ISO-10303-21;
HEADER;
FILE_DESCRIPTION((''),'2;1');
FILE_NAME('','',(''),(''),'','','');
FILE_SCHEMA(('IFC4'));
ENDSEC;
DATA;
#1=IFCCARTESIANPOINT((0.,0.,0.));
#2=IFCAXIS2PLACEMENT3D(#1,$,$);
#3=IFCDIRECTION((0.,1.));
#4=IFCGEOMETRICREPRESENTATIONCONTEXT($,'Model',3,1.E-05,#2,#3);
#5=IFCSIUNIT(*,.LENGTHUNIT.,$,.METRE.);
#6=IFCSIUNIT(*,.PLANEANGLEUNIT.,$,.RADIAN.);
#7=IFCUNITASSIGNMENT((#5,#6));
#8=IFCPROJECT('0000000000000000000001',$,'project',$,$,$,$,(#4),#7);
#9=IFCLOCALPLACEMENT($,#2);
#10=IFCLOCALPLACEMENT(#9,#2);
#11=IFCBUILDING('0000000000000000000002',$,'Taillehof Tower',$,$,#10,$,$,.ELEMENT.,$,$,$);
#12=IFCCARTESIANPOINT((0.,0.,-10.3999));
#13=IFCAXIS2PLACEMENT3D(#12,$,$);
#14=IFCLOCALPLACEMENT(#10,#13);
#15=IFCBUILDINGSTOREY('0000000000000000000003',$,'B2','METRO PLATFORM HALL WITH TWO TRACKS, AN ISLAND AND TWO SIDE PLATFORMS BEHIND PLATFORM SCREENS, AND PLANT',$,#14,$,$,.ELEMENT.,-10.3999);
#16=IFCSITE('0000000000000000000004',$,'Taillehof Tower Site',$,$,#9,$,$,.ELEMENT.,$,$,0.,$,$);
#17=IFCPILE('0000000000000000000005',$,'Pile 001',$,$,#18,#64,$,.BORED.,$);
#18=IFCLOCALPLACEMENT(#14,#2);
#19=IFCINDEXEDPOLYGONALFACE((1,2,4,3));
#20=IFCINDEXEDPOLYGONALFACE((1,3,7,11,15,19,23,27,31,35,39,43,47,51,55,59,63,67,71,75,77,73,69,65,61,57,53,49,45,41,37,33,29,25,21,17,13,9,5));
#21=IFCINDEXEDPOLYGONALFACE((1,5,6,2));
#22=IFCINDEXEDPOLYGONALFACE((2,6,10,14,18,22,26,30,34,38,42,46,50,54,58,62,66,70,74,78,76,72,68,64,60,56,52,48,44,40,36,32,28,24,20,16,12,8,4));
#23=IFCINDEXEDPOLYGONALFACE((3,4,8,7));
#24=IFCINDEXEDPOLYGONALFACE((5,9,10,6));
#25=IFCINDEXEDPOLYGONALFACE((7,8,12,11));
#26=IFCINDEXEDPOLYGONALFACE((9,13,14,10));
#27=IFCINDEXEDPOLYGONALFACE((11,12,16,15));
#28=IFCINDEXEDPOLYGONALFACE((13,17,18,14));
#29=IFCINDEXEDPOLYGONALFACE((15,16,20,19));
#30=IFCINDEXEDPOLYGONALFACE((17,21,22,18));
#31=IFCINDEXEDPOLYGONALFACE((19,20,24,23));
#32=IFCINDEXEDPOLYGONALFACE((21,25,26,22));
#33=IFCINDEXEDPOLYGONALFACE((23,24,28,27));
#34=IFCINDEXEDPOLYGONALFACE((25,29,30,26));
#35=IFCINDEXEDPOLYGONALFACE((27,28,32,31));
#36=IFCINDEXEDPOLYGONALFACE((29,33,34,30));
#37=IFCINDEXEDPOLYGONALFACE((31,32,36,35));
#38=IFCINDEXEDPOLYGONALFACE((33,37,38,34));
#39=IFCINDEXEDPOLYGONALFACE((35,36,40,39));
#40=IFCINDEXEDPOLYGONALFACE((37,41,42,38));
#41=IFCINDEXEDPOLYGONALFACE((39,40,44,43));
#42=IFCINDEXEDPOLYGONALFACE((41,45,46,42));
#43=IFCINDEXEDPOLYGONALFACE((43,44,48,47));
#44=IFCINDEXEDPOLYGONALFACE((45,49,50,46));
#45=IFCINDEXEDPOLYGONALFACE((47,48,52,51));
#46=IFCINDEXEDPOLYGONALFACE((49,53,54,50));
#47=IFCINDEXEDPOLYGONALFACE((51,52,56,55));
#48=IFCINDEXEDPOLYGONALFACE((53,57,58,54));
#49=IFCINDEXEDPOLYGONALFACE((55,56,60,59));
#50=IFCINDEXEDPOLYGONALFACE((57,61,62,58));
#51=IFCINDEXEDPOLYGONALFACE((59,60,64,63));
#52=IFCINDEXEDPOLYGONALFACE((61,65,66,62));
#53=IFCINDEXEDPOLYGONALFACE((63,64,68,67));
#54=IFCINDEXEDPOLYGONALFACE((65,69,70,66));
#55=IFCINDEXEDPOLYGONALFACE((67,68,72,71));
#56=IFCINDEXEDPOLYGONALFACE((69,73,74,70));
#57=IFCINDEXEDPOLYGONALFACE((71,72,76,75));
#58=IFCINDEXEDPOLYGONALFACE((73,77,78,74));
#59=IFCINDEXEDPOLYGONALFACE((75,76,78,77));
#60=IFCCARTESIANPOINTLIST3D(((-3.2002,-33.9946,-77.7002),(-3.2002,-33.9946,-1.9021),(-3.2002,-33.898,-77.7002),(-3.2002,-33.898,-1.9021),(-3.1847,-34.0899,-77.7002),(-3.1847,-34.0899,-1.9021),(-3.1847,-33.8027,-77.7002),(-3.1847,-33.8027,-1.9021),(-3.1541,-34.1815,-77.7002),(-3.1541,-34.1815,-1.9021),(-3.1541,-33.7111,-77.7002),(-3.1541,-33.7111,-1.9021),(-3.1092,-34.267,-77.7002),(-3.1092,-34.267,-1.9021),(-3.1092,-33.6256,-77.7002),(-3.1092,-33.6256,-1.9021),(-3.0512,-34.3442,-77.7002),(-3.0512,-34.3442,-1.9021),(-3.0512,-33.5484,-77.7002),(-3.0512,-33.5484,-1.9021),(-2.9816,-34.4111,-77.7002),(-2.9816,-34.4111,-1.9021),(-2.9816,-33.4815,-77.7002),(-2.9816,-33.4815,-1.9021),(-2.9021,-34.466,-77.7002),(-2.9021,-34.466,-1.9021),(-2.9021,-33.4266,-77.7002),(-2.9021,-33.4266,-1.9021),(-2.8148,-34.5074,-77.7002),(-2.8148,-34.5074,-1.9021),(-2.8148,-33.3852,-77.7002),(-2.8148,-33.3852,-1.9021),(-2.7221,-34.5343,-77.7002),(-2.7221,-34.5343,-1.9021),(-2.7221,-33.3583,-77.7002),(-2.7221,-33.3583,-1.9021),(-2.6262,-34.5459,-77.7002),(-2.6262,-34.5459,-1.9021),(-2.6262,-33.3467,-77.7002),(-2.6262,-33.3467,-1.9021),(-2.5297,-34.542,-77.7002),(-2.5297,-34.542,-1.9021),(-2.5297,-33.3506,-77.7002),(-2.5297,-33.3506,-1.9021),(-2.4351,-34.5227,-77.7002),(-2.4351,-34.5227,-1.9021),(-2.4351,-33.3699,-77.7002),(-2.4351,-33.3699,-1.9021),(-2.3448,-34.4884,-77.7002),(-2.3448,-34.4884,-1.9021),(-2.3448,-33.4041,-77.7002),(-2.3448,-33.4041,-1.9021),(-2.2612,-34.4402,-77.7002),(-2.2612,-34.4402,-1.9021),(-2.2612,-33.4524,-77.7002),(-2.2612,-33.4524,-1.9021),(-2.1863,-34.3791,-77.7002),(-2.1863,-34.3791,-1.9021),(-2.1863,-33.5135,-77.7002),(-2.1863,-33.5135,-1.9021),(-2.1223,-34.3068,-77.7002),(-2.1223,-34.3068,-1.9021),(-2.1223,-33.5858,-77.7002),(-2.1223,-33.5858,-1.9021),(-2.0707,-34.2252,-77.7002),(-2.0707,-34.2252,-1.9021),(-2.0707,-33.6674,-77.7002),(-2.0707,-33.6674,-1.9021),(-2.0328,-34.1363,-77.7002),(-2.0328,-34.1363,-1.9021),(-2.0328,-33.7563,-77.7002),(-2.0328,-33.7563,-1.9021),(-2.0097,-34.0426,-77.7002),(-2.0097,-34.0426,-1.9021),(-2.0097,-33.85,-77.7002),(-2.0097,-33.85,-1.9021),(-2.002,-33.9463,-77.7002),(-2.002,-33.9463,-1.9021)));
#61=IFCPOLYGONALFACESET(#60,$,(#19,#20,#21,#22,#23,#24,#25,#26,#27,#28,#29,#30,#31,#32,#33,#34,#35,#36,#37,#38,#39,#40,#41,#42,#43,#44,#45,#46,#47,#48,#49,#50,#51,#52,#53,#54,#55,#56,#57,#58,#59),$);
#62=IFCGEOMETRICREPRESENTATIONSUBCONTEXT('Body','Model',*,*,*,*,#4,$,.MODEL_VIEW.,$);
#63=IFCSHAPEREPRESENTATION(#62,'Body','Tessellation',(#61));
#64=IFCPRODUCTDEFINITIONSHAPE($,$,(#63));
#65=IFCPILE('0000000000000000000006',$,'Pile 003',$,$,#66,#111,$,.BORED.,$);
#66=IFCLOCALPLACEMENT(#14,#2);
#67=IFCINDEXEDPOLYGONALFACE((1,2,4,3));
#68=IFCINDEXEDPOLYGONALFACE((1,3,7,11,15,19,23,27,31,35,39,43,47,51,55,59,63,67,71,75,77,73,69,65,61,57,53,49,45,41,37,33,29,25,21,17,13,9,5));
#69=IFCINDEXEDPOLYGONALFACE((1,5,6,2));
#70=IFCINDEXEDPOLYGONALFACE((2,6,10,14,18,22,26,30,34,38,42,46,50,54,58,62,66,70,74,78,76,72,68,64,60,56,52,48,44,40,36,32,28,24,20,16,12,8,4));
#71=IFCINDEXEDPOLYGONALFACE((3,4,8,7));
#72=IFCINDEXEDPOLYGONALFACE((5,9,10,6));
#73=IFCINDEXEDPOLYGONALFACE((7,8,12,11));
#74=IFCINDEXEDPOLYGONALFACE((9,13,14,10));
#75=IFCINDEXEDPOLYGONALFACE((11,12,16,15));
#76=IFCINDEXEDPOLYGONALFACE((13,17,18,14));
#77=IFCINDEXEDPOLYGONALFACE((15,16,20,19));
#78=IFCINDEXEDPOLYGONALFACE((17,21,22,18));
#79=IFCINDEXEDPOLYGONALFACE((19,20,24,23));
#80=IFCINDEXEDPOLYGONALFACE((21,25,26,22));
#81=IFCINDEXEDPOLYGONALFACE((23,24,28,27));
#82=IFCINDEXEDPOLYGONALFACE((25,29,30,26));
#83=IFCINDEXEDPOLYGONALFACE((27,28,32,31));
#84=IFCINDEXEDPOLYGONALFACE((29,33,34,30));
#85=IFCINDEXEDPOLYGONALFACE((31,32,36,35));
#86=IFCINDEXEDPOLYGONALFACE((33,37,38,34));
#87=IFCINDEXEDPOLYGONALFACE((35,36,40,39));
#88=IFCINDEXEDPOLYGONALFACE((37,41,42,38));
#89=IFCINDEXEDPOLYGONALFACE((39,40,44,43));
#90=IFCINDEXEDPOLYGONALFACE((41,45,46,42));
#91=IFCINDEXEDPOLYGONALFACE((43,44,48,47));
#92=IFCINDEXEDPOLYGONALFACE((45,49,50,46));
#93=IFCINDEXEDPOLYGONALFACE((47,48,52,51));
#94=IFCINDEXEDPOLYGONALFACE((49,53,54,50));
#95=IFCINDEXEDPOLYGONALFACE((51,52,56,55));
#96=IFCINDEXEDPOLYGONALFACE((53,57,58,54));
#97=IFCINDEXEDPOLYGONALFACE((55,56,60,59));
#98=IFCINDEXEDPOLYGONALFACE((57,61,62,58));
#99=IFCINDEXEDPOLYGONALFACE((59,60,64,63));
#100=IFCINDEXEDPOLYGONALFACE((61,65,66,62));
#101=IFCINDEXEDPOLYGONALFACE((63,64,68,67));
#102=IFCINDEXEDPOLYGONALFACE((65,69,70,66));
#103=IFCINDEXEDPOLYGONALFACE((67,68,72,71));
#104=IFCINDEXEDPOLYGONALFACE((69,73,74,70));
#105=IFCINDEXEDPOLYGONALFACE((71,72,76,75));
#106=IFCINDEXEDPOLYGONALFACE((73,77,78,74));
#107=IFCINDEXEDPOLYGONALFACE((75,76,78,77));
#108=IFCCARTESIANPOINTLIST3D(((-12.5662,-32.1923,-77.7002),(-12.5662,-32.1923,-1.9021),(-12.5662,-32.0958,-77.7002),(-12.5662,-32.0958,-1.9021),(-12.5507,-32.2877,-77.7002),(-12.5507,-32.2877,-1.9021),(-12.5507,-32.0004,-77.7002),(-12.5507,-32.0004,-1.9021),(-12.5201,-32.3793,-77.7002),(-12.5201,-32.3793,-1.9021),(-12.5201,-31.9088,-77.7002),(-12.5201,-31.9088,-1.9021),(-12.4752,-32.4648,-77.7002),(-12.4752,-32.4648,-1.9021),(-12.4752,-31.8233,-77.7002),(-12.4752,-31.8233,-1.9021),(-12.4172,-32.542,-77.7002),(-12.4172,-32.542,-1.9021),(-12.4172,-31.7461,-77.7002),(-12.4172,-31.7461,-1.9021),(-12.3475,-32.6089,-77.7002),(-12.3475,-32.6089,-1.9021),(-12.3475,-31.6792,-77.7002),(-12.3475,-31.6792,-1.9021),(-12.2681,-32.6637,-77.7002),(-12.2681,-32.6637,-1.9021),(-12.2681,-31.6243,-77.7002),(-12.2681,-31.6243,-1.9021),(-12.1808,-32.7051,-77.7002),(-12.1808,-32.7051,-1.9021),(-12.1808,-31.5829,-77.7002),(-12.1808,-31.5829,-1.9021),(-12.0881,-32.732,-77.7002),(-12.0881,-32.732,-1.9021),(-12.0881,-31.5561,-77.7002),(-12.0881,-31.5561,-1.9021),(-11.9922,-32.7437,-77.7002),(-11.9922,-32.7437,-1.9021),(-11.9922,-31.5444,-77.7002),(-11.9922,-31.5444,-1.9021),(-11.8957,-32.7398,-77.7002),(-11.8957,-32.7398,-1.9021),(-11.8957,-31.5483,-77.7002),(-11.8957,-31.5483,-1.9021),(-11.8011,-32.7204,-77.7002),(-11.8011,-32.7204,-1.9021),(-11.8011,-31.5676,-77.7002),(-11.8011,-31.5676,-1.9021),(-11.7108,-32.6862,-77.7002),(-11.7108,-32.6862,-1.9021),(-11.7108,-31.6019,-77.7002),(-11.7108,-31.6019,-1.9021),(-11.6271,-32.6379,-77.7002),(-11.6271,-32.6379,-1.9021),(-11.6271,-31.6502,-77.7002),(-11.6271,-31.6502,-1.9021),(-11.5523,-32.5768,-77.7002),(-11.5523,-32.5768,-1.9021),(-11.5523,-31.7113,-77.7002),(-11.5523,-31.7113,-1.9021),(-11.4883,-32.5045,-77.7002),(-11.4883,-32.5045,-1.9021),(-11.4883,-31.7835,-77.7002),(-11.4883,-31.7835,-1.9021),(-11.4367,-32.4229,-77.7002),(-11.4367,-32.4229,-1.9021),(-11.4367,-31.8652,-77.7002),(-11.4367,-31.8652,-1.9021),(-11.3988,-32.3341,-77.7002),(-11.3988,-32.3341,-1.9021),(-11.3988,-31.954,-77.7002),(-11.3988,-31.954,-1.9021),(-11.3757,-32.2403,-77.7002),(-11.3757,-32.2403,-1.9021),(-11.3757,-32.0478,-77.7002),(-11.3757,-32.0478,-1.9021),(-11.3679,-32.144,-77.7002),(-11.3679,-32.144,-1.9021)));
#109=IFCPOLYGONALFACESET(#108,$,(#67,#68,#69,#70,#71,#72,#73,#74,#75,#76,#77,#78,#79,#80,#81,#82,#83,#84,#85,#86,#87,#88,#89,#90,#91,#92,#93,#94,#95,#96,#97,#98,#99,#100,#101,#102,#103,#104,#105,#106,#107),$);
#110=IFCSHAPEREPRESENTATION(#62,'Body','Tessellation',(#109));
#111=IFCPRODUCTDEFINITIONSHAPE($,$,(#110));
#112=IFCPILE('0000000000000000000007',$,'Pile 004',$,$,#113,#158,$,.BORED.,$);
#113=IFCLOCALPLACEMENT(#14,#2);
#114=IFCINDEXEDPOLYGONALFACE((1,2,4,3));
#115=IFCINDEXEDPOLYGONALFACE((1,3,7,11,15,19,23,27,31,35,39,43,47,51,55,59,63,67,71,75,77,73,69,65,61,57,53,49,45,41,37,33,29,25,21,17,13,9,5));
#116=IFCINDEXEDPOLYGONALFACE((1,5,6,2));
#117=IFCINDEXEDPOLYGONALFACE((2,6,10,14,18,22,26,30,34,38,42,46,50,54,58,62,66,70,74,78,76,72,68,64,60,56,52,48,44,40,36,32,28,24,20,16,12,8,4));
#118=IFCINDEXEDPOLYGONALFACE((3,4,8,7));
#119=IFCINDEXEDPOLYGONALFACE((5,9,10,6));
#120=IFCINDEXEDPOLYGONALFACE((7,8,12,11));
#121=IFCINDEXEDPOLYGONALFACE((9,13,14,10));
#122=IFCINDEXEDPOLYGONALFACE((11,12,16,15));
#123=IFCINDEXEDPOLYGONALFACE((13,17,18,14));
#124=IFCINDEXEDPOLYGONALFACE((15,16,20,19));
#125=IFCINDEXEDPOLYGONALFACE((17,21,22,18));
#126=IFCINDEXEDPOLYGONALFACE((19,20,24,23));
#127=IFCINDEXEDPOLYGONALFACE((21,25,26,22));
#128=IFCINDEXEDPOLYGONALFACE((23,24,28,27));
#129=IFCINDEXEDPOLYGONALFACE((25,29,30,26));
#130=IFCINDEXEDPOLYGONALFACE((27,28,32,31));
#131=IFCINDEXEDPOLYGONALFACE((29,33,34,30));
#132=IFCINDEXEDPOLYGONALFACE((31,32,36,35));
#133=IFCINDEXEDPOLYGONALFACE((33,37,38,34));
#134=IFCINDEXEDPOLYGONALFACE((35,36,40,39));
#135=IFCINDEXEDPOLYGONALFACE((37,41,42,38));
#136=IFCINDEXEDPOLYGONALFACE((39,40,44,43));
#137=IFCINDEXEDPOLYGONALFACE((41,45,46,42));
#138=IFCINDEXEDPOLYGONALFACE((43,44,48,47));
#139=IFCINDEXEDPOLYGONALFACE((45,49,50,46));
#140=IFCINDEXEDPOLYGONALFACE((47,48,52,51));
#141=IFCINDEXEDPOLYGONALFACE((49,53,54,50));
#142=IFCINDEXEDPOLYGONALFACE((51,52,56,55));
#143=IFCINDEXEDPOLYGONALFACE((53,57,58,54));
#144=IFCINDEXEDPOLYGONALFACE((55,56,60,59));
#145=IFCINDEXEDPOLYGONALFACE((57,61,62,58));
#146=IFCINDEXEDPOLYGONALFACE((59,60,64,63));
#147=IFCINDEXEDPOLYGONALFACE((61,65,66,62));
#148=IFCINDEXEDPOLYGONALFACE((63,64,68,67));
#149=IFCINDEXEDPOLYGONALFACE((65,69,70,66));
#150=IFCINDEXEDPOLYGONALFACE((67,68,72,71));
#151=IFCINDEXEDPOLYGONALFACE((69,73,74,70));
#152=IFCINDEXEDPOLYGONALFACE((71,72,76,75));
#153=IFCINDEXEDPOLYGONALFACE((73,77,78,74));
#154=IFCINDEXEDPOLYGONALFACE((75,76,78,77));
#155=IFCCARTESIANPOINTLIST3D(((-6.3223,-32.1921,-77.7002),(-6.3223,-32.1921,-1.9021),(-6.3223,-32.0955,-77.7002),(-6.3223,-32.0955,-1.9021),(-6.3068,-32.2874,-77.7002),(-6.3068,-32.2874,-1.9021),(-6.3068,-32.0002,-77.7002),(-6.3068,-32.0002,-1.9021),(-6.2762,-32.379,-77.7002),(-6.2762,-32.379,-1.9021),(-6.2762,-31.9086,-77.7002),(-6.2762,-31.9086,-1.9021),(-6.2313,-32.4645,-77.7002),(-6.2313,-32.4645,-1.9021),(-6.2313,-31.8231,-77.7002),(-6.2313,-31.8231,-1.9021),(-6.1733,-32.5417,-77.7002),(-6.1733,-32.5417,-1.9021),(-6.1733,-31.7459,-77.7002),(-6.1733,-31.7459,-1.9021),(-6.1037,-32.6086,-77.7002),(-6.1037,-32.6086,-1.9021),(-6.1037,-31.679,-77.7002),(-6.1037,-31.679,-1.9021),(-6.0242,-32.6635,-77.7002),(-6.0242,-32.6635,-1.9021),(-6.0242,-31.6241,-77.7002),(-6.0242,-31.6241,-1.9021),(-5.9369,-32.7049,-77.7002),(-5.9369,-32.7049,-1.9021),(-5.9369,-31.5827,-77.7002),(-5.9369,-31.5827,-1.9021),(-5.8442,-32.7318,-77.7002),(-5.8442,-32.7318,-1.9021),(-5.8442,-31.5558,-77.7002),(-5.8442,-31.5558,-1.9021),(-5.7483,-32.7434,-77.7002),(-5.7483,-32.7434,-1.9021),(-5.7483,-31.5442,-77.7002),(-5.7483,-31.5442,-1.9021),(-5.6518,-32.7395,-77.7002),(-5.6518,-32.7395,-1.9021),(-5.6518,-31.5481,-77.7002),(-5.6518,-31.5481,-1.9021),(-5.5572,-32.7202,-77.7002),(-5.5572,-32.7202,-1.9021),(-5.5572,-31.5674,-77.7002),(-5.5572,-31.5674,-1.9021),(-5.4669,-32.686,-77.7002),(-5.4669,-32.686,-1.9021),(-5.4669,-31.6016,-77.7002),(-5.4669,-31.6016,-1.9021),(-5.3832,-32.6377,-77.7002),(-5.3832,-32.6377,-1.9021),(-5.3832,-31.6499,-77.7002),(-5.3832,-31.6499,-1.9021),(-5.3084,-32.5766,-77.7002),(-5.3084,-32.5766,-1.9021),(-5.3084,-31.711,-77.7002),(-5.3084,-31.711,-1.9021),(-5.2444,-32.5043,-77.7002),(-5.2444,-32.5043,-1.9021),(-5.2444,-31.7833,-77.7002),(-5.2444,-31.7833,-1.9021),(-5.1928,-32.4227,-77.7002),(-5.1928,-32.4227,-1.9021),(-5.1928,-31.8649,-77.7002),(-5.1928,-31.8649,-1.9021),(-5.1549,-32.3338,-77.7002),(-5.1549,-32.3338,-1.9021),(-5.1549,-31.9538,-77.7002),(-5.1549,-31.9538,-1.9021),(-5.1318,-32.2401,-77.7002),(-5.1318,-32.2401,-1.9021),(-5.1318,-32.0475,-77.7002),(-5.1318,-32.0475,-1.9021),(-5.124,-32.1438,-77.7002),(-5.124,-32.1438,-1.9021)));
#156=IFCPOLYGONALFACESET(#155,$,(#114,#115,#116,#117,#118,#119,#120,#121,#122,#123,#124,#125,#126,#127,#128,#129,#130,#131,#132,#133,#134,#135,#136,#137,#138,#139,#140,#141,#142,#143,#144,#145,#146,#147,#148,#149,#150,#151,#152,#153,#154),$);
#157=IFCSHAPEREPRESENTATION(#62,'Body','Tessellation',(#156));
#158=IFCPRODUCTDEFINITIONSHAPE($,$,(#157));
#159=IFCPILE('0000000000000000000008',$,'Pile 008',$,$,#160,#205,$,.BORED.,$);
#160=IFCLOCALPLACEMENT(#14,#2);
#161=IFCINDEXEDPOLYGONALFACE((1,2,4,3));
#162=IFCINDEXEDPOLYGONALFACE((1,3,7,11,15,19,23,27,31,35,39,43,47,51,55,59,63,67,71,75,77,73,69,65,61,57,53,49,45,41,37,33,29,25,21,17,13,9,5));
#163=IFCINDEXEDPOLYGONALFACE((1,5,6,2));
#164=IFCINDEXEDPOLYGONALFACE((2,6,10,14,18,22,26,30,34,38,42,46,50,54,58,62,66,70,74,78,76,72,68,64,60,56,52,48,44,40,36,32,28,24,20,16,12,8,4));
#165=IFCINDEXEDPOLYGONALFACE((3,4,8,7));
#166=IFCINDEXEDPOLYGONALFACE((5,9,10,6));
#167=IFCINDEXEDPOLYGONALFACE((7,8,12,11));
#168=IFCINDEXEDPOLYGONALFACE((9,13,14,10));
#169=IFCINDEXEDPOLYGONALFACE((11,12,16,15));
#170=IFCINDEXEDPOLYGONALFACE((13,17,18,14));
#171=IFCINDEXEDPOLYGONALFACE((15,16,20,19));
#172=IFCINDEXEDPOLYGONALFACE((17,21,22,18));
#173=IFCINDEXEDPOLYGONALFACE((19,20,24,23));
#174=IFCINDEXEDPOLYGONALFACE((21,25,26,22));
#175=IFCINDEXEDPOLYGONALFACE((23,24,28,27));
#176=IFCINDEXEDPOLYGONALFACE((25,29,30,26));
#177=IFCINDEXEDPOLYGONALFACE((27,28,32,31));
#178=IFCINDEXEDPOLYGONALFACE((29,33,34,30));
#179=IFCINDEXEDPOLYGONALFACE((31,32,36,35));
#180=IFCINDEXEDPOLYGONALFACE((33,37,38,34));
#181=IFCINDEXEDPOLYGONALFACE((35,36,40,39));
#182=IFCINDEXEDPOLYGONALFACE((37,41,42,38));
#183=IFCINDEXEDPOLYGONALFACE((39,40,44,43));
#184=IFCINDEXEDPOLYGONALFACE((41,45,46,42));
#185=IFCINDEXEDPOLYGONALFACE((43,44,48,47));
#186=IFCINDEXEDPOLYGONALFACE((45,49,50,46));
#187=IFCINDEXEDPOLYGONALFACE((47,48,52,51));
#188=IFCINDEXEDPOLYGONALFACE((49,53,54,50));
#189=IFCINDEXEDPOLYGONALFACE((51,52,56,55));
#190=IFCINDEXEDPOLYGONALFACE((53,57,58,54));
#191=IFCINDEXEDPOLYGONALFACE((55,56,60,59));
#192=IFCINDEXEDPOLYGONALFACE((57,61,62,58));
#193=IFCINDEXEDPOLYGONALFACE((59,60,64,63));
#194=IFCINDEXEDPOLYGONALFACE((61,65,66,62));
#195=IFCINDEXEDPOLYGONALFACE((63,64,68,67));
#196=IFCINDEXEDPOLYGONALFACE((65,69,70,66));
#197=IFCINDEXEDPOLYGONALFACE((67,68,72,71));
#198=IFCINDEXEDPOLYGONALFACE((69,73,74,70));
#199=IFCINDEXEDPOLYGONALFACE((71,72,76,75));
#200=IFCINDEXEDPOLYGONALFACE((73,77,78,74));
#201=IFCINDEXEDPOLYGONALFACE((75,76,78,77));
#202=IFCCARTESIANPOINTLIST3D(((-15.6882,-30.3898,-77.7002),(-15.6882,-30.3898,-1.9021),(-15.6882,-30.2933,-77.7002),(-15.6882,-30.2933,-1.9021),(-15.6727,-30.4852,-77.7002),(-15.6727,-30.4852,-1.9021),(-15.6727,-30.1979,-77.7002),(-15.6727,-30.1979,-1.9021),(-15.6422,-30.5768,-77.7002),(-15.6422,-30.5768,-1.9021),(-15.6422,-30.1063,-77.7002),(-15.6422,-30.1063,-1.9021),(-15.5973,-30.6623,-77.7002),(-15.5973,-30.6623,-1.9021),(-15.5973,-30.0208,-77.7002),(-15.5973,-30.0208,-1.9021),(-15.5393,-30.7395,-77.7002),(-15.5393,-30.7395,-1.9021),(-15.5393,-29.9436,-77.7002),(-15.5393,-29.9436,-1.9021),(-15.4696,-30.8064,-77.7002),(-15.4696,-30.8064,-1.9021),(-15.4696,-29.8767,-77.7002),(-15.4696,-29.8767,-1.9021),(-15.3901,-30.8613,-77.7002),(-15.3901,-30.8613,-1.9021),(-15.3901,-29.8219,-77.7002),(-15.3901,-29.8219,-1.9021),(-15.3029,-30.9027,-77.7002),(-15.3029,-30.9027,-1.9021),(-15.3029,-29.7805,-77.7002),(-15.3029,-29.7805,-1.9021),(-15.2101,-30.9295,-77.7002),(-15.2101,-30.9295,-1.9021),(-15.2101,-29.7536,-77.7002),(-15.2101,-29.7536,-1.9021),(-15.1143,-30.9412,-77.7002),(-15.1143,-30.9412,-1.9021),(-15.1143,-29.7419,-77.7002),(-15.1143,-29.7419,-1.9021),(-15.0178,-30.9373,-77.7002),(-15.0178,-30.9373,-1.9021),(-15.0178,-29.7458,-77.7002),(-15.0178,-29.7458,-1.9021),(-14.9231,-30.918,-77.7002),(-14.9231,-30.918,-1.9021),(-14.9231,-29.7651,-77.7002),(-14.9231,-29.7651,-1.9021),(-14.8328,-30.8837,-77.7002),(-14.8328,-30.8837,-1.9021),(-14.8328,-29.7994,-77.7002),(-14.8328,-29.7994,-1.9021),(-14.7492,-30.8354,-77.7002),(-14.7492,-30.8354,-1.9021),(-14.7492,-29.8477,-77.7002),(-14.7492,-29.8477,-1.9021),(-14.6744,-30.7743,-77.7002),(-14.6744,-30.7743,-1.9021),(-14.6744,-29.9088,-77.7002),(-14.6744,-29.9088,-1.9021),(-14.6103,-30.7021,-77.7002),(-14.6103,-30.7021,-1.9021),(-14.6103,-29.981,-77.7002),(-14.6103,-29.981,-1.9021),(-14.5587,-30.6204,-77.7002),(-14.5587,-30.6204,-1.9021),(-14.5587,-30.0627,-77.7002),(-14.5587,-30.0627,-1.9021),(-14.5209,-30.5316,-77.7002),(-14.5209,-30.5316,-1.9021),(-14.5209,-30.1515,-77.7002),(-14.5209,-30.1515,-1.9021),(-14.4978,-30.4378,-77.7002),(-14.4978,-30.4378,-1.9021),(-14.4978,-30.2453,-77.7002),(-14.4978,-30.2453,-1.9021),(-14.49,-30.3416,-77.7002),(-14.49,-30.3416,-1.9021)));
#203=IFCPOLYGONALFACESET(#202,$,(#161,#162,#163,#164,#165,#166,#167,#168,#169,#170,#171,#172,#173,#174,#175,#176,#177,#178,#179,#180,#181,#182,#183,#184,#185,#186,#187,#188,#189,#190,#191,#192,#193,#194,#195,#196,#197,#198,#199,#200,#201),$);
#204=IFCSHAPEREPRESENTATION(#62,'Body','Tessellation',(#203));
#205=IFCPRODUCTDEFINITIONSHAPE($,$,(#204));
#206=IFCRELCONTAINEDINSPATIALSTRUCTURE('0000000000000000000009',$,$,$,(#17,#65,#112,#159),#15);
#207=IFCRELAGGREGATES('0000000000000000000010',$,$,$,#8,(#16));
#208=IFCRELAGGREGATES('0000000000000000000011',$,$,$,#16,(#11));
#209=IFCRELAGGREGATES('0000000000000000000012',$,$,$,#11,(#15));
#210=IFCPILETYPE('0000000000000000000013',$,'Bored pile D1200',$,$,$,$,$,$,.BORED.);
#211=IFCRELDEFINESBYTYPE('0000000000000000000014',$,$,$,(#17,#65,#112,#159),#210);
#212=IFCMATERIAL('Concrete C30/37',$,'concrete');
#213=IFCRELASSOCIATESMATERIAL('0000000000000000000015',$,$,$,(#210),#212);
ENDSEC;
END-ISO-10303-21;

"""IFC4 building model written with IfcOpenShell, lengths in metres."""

from ifc_helpers import new_model, si_unit, direction, frame, origin, origin_2d, place, context, subcontext, project, spatial, circle, extrude, material, material_profile, profile_set, type_object, element, save


model = new_model("IFC4")

# Units and contexts
model_context = context("Model", 3, precision=1e-05, world=origin(), true_north=direction((0.0, 1.0)))
body_context = subcontext(model_context, "Body", "Model", "MODEL_VIEW")
ifc_project = project(units=[si_unit("LENGTHUNIT", "METRE"), si_unit("PLANEANGLEUNIT", "RADIAN")], contexts=[model_context])

# Site, building, storey
site_placement = place(None, origin())
site = spatial("IfcSite", under=ifc_project, at=site_placement, Name="Taillehof Tower Site", CompositionType="ELEMENT", RefElevation=0.0)
building_placement = place(site_placement, origin())
building = spatial("IfcBuilding", under=site, at=building_placement, Name="Taillehof Tower", CompositionType="ELEMENT")
storey_placement = place(building_placement, frame((0.0, 0.0, -10.3999)))
storey = spatial("IfcBuildingStorey", under=building, at=storey_placement, Name="B2", Description="METRO PLATFORM HALL WITH TWO TRACKS, AN ISLAND AND TWO SIDE PLATFORMS BEHIND PLATFORM SCREENS, AND PLANT", CompositionType="ELEMENT", Elevation=-10.3999)

# Piles
ifc_material_1 = material(Name="Concrete C30/37", Category="concrete")
ifc_material_profile_1 = material_profile(ifc_material_1, circle(Radius=0.6001, at=origin_2d()), Name="BP D1200")
ifc_profile_set_1 = profile_set([ifc_material_profile_1], Name="Concrete C30/37")
pile_type = type_object("IfcPileType", Name="Bored pile D1200", PredefinedType="BORED", material=ifc_profile_set_1)
for number, where, z_axis, x_axis, name in (
    (1, (-2.6021, -33.9463, -1.9021), (0.0, 0.0, -1.0), (1.0, 0.0, 0.0), "Pile 001"),
    (2, (-11.968, -32.144, -1.9021), (0.0, 0.0, -1.0), (1.0, 0.0, 0.0), "Pile 003"),
    (3, (-5.7241, -32.1438, -1.9021), (0.0, 0.0, -1.0), (1.0, 0.0, 0.0), "Pile 004"),
    (4, (-15.0901, -30.3416, -1.9021), (0.0, 0.0, -1.0), (1.0, 0.0, 0.0), "Pile 008"),
):
    element("IfcPile", number, at=place(storey_placement, frame(where, z_axis=z_axis, x_axis=x_axis)), inside=storey, type_object=pile_type, Name=name, PredefinedType="BORED", context=body_context, shape_type="SweptSolid", body=[
        extrude(circle(Radius=0.6001, at=origin_2d()), origin(), (0.0, 0.0, 1.0), 75.7981),
    ])

save(model, "model.ifc")
